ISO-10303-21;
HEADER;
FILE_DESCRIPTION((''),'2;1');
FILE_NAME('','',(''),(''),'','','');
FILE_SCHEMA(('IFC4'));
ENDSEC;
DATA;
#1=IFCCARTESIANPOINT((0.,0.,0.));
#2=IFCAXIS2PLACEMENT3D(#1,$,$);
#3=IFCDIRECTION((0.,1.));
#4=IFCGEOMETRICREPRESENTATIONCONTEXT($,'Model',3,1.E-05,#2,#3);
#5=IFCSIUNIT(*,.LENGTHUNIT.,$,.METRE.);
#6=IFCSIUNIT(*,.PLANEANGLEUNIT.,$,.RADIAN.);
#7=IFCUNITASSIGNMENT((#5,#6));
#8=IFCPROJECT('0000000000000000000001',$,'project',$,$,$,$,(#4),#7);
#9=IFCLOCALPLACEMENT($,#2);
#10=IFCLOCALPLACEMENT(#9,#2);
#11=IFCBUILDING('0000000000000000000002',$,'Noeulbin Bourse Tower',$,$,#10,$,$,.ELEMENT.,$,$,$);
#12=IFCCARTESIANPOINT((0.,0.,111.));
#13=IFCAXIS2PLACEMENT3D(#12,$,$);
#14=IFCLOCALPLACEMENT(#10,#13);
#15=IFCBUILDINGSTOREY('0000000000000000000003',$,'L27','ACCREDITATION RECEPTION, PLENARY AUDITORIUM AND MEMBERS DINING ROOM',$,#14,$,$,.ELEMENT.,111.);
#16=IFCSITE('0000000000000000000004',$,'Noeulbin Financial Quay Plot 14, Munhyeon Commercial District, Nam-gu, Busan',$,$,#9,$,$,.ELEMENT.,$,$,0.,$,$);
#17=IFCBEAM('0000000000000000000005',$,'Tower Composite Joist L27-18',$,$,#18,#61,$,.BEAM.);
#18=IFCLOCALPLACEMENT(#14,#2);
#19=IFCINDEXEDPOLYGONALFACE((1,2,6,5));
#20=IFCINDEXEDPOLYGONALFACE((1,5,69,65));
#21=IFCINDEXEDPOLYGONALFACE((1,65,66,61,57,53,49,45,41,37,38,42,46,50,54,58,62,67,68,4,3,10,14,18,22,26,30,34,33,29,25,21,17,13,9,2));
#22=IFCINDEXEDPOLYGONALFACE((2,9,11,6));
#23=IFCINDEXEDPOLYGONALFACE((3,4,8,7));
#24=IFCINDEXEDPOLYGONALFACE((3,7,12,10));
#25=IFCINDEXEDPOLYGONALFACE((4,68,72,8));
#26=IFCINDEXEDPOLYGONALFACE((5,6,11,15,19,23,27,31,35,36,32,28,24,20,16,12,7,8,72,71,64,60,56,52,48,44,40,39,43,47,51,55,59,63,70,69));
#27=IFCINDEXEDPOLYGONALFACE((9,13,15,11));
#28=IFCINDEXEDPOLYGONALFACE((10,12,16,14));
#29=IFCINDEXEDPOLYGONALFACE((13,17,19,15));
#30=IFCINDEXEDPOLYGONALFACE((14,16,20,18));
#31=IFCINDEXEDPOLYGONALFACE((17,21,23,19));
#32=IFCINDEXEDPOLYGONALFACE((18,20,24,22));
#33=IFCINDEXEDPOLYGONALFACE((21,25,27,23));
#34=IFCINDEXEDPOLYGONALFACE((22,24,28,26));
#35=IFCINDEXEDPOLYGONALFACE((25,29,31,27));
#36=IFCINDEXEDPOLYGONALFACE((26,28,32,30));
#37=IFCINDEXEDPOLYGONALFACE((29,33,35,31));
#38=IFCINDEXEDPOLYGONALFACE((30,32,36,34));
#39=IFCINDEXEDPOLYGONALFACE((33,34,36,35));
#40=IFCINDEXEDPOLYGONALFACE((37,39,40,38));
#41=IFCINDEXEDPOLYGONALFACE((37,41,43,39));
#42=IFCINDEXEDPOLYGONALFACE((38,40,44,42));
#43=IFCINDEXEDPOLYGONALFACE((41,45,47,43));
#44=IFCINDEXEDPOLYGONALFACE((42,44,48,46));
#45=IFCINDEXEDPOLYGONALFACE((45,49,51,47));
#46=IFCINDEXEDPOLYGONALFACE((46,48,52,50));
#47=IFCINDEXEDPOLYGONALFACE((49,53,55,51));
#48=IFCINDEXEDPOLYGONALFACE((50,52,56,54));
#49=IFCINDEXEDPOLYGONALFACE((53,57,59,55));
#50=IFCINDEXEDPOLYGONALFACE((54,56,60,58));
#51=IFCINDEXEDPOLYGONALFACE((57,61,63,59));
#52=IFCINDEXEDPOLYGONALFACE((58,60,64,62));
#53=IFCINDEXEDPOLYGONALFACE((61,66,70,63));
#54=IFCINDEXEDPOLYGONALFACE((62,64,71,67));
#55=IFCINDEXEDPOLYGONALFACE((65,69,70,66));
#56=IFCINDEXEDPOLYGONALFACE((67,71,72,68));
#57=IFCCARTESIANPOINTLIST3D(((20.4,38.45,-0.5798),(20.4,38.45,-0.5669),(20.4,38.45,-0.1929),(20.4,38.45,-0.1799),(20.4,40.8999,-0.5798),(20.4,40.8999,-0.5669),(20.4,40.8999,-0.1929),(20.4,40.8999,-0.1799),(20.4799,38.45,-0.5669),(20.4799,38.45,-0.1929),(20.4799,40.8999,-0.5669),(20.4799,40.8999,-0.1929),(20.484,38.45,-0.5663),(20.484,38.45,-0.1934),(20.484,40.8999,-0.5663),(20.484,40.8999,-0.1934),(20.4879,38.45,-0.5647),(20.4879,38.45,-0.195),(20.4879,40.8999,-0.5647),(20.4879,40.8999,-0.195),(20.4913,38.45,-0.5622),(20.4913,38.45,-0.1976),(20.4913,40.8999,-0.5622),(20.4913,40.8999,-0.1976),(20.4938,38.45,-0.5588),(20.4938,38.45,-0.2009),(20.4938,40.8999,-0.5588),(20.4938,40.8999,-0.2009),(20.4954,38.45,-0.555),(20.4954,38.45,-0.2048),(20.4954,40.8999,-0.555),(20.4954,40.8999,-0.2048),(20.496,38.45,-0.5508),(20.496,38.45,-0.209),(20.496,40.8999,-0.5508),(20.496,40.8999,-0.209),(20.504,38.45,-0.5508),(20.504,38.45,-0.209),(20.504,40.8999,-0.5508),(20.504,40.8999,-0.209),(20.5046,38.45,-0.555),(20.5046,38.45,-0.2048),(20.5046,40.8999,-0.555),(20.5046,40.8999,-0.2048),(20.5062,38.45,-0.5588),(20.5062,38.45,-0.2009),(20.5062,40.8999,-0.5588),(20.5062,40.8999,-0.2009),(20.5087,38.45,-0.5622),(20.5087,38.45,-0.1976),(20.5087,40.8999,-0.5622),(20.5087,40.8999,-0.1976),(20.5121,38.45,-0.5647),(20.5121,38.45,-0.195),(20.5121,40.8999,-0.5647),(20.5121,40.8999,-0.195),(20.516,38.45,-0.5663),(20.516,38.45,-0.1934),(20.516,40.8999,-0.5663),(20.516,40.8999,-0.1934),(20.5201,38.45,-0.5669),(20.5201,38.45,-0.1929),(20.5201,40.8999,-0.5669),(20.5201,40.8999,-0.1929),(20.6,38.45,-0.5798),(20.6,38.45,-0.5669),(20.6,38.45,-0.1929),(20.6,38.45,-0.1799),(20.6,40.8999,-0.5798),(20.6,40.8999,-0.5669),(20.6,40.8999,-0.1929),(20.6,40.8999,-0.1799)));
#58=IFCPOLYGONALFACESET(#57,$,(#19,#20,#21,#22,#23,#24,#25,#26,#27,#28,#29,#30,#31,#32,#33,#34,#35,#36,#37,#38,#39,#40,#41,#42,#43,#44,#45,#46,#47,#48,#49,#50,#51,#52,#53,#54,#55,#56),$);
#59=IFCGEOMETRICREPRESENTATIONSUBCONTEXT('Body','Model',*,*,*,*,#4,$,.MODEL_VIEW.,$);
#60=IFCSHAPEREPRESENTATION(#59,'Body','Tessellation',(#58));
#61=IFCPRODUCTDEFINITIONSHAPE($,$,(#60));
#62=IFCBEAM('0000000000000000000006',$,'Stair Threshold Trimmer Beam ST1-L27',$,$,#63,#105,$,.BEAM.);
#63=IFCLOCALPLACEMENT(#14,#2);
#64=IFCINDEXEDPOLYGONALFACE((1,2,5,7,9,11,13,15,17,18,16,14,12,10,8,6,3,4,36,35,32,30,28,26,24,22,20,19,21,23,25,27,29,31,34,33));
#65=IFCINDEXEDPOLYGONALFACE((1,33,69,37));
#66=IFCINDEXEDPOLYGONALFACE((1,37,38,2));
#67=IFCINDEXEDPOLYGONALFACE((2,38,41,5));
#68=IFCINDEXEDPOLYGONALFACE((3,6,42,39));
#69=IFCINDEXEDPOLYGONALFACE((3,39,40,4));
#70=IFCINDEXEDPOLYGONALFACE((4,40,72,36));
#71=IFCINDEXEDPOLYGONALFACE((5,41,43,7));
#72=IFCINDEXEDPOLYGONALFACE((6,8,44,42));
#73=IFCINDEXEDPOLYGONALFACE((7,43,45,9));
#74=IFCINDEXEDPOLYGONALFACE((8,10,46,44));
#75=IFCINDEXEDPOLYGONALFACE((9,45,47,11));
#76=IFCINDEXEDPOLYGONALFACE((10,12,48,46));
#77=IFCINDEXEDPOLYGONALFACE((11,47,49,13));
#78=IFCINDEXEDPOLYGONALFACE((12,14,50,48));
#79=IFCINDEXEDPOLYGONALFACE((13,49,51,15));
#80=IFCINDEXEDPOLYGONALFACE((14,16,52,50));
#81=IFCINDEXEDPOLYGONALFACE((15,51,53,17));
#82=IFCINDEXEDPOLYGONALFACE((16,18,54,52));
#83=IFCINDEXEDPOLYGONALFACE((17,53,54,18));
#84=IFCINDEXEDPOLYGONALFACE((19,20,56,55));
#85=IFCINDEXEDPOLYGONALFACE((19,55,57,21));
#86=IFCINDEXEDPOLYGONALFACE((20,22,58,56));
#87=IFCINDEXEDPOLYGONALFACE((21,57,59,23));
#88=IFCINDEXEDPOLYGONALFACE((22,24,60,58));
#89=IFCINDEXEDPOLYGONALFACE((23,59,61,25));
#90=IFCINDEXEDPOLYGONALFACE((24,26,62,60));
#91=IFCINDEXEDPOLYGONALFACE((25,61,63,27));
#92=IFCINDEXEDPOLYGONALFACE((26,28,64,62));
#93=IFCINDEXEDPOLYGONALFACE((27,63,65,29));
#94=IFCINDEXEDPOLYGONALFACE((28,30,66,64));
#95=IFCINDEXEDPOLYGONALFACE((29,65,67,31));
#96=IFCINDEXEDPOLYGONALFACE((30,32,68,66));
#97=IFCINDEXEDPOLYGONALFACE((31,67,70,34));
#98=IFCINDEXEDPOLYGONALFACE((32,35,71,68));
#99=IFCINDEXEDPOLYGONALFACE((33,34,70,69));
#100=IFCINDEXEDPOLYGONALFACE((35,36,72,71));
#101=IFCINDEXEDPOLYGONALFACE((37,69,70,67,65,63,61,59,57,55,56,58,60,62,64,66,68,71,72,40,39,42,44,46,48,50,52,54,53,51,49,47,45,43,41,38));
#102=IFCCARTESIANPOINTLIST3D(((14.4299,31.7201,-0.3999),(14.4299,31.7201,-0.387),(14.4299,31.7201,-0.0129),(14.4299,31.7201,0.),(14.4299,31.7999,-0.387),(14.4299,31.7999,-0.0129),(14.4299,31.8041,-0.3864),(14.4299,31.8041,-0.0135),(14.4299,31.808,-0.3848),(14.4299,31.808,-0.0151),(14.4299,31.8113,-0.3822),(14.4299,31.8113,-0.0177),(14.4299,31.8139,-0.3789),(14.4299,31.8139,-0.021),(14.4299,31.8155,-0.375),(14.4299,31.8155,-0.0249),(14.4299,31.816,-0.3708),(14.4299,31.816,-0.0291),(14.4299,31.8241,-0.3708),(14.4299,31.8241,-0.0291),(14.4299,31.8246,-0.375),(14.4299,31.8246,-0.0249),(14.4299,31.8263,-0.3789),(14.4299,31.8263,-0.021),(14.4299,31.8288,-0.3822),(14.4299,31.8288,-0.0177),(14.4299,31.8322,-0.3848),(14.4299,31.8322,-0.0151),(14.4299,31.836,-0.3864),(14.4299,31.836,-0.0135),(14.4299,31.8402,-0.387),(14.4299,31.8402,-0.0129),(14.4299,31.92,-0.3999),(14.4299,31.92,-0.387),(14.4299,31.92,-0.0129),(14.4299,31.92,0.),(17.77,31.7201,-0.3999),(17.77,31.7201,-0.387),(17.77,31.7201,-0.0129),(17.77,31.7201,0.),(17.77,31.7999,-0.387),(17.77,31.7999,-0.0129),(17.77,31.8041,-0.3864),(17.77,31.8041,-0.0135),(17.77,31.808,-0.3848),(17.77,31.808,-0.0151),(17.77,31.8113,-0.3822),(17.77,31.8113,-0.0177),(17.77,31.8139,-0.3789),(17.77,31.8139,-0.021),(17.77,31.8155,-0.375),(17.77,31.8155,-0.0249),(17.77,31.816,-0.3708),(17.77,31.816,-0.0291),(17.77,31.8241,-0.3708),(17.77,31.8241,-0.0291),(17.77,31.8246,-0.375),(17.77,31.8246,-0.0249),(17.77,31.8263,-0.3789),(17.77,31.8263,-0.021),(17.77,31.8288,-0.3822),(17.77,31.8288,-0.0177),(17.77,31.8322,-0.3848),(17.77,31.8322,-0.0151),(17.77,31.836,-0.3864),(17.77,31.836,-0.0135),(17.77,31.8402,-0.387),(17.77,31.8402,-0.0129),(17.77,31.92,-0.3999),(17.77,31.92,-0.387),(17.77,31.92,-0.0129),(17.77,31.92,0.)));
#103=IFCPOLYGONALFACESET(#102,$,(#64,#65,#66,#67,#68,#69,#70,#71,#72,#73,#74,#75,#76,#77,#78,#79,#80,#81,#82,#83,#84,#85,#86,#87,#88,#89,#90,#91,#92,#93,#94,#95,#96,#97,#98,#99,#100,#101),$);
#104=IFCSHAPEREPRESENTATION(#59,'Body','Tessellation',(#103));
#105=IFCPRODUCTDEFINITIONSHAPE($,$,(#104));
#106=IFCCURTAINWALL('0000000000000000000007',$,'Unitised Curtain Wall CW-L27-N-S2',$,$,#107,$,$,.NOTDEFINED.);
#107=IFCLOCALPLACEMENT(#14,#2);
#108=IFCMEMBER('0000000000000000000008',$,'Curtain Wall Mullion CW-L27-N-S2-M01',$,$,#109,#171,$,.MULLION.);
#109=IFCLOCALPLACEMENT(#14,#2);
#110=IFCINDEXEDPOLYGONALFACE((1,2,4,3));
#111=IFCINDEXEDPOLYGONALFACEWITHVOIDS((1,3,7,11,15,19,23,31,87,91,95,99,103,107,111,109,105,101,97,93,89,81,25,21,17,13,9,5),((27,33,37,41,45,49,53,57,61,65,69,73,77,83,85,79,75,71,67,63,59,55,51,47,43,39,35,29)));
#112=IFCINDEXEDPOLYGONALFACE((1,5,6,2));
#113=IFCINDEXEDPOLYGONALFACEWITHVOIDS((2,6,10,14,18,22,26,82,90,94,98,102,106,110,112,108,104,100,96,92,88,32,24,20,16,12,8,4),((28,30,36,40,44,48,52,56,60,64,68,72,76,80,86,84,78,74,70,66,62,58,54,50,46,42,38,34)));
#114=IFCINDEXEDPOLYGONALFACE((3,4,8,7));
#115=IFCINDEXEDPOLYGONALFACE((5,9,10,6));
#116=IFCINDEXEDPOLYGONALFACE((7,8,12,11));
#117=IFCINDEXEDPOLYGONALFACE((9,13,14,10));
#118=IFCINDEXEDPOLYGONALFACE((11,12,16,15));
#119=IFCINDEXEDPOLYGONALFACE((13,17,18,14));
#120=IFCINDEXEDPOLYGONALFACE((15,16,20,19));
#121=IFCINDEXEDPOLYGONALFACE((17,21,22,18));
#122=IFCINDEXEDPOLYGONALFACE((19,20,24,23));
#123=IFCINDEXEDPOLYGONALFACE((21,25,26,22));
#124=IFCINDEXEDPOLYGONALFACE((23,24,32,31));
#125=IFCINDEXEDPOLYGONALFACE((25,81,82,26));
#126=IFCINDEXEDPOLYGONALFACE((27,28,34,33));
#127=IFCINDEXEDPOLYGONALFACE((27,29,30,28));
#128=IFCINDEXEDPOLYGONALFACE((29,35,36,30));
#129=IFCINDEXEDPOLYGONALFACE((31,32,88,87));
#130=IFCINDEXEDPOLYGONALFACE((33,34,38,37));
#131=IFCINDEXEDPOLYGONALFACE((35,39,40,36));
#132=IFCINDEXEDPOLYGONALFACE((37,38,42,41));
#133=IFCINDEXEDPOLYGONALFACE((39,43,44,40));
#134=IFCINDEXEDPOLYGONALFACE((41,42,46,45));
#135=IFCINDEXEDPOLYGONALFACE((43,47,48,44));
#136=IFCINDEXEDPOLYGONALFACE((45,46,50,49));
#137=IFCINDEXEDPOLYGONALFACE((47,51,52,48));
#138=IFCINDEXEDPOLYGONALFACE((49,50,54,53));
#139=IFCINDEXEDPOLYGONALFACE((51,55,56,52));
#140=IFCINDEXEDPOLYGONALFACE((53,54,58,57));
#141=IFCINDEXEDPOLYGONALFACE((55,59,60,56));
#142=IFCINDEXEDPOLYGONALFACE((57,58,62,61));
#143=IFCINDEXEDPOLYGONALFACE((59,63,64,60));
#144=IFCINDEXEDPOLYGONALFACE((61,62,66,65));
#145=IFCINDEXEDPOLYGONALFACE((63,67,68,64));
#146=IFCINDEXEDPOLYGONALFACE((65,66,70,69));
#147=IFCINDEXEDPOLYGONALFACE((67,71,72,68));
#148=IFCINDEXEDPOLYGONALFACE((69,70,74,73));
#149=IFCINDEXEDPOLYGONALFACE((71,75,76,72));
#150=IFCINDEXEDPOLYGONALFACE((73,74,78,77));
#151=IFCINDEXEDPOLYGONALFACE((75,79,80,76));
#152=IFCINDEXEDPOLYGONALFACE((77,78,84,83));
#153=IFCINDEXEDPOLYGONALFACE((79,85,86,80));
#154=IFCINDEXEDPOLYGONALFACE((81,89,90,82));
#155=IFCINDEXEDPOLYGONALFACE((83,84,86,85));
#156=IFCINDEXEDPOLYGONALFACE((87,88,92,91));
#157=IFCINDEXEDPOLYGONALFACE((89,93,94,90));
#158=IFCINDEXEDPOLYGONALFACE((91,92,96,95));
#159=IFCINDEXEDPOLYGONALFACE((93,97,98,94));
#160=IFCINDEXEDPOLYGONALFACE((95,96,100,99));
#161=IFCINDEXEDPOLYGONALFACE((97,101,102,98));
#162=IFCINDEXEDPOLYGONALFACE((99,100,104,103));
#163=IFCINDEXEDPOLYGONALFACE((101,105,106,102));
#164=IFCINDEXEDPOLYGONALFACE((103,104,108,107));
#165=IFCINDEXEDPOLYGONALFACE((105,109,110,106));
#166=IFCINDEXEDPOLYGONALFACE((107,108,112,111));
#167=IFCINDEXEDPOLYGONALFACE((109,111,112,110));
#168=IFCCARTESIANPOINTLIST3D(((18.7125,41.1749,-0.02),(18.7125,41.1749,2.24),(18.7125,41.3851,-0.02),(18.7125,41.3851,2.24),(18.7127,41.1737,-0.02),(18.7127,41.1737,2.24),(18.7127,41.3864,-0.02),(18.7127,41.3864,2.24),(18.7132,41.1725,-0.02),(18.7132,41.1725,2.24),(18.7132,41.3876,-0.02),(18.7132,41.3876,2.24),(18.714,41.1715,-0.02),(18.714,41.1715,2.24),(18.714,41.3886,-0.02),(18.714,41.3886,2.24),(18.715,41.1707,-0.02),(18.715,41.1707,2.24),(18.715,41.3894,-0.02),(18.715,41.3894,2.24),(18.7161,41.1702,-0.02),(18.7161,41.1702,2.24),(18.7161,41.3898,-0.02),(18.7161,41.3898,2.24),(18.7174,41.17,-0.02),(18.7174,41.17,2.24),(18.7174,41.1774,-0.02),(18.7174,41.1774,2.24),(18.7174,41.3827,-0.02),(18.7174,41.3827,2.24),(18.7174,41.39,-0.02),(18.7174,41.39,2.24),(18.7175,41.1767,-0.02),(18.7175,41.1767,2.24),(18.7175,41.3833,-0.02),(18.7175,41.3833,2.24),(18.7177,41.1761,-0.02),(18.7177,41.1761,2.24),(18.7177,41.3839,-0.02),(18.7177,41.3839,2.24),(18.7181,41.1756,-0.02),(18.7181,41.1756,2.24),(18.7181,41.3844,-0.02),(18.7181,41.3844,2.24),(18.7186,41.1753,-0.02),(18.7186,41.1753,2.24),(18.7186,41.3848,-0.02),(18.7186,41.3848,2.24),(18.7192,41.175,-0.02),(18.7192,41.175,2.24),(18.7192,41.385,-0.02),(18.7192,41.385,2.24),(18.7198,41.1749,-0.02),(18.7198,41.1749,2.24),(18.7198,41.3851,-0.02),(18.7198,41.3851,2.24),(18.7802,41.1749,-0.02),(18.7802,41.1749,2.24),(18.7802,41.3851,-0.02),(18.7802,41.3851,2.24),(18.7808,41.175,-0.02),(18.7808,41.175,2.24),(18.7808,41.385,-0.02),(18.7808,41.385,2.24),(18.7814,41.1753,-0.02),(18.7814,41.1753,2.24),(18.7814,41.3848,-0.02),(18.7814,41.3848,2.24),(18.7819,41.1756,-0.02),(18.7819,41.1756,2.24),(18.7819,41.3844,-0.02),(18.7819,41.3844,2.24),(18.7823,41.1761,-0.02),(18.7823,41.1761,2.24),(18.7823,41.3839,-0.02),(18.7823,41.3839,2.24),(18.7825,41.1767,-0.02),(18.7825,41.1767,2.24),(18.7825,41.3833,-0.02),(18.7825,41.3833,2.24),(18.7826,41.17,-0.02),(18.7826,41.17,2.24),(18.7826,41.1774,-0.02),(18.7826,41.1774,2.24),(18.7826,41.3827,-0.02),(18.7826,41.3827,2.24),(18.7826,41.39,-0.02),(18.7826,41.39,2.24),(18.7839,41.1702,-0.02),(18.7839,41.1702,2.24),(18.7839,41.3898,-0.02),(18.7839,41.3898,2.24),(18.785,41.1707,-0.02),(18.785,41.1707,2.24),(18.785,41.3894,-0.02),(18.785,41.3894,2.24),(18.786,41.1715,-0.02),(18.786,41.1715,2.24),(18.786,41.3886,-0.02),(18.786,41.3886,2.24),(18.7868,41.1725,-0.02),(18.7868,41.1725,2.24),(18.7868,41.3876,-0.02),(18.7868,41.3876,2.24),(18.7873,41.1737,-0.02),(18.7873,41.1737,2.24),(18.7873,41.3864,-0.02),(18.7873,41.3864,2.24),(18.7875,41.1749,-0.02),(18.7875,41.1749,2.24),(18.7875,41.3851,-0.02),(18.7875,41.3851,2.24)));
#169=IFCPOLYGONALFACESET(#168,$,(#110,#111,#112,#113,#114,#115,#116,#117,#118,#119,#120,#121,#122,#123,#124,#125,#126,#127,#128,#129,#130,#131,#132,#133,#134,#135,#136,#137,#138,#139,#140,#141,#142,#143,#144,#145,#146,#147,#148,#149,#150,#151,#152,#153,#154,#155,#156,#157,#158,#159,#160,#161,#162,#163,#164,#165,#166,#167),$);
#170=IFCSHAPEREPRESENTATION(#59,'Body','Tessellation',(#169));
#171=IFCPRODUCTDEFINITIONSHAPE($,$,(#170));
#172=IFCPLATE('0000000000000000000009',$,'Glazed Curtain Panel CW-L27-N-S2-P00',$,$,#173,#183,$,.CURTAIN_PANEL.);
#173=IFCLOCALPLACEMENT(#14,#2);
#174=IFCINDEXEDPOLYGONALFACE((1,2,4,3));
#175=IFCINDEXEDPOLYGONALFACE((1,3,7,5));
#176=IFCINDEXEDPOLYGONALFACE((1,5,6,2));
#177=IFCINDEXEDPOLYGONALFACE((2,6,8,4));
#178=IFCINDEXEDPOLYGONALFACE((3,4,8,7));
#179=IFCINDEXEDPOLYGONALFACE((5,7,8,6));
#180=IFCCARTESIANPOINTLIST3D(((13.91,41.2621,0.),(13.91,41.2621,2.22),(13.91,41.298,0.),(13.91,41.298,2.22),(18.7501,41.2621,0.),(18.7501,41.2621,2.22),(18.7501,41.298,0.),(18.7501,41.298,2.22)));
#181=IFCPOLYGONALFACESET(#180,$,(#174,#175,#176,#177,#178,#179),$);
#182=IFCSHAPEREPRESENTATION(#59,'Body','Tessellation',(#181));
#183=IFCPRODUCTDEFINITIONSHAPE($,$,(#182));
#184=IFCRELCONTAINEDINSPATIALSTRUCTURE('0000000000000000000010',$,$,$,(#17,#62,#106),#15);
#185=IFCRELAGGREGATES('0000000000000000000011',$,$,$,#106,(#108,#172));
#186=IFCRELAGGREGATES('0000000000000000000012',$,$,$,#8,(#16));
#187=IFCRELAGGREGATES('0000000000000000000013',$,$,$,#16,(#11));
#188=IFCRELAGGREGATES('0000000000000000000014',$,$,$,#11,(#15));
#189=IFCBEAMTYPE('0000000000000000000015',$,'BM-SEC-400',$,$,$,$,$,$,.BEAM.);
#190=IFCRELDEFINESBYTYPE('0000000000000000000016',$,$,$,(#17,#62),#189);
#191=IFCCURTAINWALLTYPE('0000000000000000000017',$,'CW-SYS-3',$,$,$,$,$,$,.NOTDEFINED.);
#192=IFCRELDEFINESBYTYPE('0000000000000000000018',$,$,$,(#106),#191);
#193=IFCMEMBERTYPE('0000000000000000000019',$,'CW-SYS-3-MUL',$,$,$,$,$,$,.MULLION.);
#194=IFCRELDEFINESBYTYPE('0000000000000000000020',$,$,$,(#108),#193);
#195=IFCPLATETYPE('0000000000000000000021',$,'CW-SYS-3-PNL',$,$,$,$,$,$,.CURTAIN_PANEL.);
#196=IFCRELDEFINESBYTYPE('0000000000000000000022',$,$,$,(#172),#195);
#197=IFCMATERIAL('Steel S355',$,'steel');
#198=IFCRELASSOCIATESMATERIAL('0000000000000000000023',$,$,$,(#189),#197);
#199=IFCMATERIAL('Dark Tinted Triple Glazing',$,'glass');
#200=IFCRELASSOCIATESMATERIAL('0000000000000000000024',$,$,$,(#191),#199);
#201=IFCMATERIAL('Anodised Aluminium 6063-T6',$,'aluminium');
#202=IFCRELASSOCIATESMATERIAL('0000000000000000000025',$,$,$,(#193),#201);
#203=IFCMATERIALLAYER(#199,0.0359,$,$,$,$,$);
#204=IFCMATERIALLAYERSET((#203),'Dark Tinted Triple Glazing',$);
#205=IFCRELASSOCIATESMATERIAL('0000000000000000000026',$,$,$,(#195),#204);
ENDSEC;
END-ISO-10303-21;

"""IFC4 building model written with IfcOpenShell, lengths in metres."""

from ifc_helpers import new_model, si_unit, direction, frame, origin, origin_2d, place, context, subcontext, project, spatial, rectangle, hollow_rectangle, i_section, extrude, material, layer, layer_set, material_profile, profile_set, type_object, element, aggregate, save


model = new_model("IFC4")

# Units and contexts
model_context = context("Model", 3, precision=1e-05, world=origin(), true_north=direction((0.0, 1.0)))
body_context = subcontext(model_context, "Body", "Model", "MODEL_VIEW")
ifc_project = project(units=[si_unit("LENGTHUNIT", "METRE"), si_unit("PLANEANGLEUNIT", "RADIAN")], contexts=[model_context])

# Site, building, storey
site_placement = place(None, origin())
site = spatial("IfcSite", under=ifc_project, at=site_placement, Name="Noeulbin Financial Quay Plot 14, Munhyeon Commercial District, Nam-gu, Busan", CompositionType="ELEMENT", RefElevation=0.0)
building_placement = place(site_placement, origin())
building = spatial("IfcBuilding", under=site, at=building_placement, Name="Noeulbin Bourse Tower", CompositionType="ELEMENT")
storey_placement = place(building_placement, frame((0.0, 0.0, 111.0)))
storey = spatial("IfcBuildingStorey", under=building, at=storey_placement, Name="L27", Description="ACCREDITATION RECEPTION, PLENARY AUDITORIUM AND MEMBERS DINING ROOM", CompositionType="ELEMENT", Elevation=111.0)

# Beams
ifc_material_1 = material(Name="Steel S355", Category="steel")
ifc_material_profile_1 = material_profile(ifc_material_1, i_section(OverallWidth=0.2, OverallDepth=0.3999, WebThickness=0.0081, FlangeThickness=0.0129, FilletRadius=0.0161, at=origin_2d()), Name="H-400x200x8x13", Category="LoadBearing")
ifc_profile_set_1 = profile_set([ifc_material_profile_1], Name="Steel S355")
beam_type = type_object("IfcBeamType", Name="BM-SEC-400", PredefinedType="BEAM", material=ifc_profile_set_1)
for number, where, z_axis, x_axis, name in (
    (1, (20.5, 38.45, -0.3799), (0.0, 1.0, 0.0), (-1.0, 0.0, 0.0), "Tower Composite Joist L27-18"),
):
    element("IfcBeam", number, at=place(storey_placement, frame(where, z_axis=z_axis, x_axis=x_axis)), inside=storey, type_object=beam_type, Name=name, PredefinedType="BEAM", context=body_context, shape_type="SweptSolid", body=[
        extrude(i_section(OverallWidth=0.2, OverallDepth=0.3999, WebThickness=0.0081, FlangeThickness=0.0129, FilletRadius=0.0161, at=origin_2d()), origin(), (0.0, 0.0, 1.0), 2.45),
    ])
beam_placement = place(storey_placement, frame((14.4299, 31.8201, -0.2), z_axis=(1.0, 0.0, 0.0), x_axis=(0.0, 1.0, 0.0)))
element("IfcBeam", 2, at=beam_placement, inside=storey, type_object=beam_type, Name="Stair Threshold Trimmer Beam ST1-L27", PredefinedType="BEAM", context=body_context, shape_type="SweptSolid", body=[
    extrude(i_section(OverallWidth=0.2, OverallDepth=0.3999, WebThickness=0.0081, FlangeThickness=0.0129, FilletRadius=0.0161, at=origin_2d()), origin(), (0.0, 0.0, 1.0), 3.3401),
])

# Curtain wall, member, plate
ifc_material_2 = material(Name="Dark Tinted Triple Glazing", Category="glass")
curtain_wall_type = type_object("IfcCurtainWallType", Name="CW-SYS-3", PredefinedType="NOTDEFINED", material=ifc_material_2)
curtain_wall_placement = place(storey_placement, origin())
curtain_wall = element("IfcCurtainWall", 3, at=curtain_wall_placement, inside=storey, type_object=curtain_wall_type, Name="Unitised Curtain Wall CW-L27-N-S2", PredefinedType="NOTDEFINED")
ifc_material_3 = material(Name="Anodised Aluminium 6063-T6", Category="aluminium")
ifc_material_profile_2 = material_profile(ifc_material_3, hollow_rectangle(XDim=0.075, YDim=0.22, WallThickness=0.0049, InnerFilletRadius=0.0024, OuterFilletRadius=0.0049, at=origin_2d()), Name="ALU-MULL-75x220x5", Category="LoadBearing")
ifc_profile_set_2 = profile_set([ifc_material_profile_2], Name="Anodised Aluminium 6063-T6")
member_type = type_object("IfcMemberType", Name="CW-SYS-3-MUL", PredefinedType="MULLION", material=ifc_profile_set_2)
member_placement = place(storey_placement, frame((18.75, 41.28, -0.02), z_axis=(0.0, 0.0, 1.0), x_axis=(1.0, 0.0, 0.0)))
member = element("IfcMember", 4, at=member_placement, type_object=member_type, Name="Curtain Wall Mullion CW-L27-N-S2-M01", PredefinedType="MULLION", context=body_context, shape_type="SweptSolid", body=[
    extrude(hollow_rectangle(XDim=0.075, YDim=0.22, WallThickness=0.0049, InnerFilletRadius=0.0024, OuterFilletRadius=0.0049, at=origin_2d()), origin(), (0.0, 0.0, 1.0), 2.26),
])
ifc_layer_1 = layer(ifc_material_2, 0.0359)
ifc_layer_set_1 = layer_set([ifc_layer_1], Name="Dark Tinted Triple Glazing")
plate_type_1 = type_object("IfcPlateType", Name="CW-SYS-3-PNL", PredefinedType="CURTAIN_PANEL", material=ifc_layer_set_1)
plate_placement = place(storey_placement, frame((16.3301, 41.28, 0.0), z_axis=(0.0, 0.0, 1.0), x_axis=(1.0, 0.0, 0.0)))
plate = element("IfcPlate", 5, at=plate_placement, type_object=plate_type_1, Name="Glazed Curtain Panel CW-L27-N-S2-P00", PredefinedType="CURTAIN_PANEL", context=body_context, shape_type="SweptSolid", body=[
    extrude(rectangle(XDim=4.8401, YDim=0.0359, at=origin_2d()), origin(), (0.0, 0.0, 1.0), 2.22),
])
aggregate(curtain_wall, [member, plate])

save(model, "model.ifc")
